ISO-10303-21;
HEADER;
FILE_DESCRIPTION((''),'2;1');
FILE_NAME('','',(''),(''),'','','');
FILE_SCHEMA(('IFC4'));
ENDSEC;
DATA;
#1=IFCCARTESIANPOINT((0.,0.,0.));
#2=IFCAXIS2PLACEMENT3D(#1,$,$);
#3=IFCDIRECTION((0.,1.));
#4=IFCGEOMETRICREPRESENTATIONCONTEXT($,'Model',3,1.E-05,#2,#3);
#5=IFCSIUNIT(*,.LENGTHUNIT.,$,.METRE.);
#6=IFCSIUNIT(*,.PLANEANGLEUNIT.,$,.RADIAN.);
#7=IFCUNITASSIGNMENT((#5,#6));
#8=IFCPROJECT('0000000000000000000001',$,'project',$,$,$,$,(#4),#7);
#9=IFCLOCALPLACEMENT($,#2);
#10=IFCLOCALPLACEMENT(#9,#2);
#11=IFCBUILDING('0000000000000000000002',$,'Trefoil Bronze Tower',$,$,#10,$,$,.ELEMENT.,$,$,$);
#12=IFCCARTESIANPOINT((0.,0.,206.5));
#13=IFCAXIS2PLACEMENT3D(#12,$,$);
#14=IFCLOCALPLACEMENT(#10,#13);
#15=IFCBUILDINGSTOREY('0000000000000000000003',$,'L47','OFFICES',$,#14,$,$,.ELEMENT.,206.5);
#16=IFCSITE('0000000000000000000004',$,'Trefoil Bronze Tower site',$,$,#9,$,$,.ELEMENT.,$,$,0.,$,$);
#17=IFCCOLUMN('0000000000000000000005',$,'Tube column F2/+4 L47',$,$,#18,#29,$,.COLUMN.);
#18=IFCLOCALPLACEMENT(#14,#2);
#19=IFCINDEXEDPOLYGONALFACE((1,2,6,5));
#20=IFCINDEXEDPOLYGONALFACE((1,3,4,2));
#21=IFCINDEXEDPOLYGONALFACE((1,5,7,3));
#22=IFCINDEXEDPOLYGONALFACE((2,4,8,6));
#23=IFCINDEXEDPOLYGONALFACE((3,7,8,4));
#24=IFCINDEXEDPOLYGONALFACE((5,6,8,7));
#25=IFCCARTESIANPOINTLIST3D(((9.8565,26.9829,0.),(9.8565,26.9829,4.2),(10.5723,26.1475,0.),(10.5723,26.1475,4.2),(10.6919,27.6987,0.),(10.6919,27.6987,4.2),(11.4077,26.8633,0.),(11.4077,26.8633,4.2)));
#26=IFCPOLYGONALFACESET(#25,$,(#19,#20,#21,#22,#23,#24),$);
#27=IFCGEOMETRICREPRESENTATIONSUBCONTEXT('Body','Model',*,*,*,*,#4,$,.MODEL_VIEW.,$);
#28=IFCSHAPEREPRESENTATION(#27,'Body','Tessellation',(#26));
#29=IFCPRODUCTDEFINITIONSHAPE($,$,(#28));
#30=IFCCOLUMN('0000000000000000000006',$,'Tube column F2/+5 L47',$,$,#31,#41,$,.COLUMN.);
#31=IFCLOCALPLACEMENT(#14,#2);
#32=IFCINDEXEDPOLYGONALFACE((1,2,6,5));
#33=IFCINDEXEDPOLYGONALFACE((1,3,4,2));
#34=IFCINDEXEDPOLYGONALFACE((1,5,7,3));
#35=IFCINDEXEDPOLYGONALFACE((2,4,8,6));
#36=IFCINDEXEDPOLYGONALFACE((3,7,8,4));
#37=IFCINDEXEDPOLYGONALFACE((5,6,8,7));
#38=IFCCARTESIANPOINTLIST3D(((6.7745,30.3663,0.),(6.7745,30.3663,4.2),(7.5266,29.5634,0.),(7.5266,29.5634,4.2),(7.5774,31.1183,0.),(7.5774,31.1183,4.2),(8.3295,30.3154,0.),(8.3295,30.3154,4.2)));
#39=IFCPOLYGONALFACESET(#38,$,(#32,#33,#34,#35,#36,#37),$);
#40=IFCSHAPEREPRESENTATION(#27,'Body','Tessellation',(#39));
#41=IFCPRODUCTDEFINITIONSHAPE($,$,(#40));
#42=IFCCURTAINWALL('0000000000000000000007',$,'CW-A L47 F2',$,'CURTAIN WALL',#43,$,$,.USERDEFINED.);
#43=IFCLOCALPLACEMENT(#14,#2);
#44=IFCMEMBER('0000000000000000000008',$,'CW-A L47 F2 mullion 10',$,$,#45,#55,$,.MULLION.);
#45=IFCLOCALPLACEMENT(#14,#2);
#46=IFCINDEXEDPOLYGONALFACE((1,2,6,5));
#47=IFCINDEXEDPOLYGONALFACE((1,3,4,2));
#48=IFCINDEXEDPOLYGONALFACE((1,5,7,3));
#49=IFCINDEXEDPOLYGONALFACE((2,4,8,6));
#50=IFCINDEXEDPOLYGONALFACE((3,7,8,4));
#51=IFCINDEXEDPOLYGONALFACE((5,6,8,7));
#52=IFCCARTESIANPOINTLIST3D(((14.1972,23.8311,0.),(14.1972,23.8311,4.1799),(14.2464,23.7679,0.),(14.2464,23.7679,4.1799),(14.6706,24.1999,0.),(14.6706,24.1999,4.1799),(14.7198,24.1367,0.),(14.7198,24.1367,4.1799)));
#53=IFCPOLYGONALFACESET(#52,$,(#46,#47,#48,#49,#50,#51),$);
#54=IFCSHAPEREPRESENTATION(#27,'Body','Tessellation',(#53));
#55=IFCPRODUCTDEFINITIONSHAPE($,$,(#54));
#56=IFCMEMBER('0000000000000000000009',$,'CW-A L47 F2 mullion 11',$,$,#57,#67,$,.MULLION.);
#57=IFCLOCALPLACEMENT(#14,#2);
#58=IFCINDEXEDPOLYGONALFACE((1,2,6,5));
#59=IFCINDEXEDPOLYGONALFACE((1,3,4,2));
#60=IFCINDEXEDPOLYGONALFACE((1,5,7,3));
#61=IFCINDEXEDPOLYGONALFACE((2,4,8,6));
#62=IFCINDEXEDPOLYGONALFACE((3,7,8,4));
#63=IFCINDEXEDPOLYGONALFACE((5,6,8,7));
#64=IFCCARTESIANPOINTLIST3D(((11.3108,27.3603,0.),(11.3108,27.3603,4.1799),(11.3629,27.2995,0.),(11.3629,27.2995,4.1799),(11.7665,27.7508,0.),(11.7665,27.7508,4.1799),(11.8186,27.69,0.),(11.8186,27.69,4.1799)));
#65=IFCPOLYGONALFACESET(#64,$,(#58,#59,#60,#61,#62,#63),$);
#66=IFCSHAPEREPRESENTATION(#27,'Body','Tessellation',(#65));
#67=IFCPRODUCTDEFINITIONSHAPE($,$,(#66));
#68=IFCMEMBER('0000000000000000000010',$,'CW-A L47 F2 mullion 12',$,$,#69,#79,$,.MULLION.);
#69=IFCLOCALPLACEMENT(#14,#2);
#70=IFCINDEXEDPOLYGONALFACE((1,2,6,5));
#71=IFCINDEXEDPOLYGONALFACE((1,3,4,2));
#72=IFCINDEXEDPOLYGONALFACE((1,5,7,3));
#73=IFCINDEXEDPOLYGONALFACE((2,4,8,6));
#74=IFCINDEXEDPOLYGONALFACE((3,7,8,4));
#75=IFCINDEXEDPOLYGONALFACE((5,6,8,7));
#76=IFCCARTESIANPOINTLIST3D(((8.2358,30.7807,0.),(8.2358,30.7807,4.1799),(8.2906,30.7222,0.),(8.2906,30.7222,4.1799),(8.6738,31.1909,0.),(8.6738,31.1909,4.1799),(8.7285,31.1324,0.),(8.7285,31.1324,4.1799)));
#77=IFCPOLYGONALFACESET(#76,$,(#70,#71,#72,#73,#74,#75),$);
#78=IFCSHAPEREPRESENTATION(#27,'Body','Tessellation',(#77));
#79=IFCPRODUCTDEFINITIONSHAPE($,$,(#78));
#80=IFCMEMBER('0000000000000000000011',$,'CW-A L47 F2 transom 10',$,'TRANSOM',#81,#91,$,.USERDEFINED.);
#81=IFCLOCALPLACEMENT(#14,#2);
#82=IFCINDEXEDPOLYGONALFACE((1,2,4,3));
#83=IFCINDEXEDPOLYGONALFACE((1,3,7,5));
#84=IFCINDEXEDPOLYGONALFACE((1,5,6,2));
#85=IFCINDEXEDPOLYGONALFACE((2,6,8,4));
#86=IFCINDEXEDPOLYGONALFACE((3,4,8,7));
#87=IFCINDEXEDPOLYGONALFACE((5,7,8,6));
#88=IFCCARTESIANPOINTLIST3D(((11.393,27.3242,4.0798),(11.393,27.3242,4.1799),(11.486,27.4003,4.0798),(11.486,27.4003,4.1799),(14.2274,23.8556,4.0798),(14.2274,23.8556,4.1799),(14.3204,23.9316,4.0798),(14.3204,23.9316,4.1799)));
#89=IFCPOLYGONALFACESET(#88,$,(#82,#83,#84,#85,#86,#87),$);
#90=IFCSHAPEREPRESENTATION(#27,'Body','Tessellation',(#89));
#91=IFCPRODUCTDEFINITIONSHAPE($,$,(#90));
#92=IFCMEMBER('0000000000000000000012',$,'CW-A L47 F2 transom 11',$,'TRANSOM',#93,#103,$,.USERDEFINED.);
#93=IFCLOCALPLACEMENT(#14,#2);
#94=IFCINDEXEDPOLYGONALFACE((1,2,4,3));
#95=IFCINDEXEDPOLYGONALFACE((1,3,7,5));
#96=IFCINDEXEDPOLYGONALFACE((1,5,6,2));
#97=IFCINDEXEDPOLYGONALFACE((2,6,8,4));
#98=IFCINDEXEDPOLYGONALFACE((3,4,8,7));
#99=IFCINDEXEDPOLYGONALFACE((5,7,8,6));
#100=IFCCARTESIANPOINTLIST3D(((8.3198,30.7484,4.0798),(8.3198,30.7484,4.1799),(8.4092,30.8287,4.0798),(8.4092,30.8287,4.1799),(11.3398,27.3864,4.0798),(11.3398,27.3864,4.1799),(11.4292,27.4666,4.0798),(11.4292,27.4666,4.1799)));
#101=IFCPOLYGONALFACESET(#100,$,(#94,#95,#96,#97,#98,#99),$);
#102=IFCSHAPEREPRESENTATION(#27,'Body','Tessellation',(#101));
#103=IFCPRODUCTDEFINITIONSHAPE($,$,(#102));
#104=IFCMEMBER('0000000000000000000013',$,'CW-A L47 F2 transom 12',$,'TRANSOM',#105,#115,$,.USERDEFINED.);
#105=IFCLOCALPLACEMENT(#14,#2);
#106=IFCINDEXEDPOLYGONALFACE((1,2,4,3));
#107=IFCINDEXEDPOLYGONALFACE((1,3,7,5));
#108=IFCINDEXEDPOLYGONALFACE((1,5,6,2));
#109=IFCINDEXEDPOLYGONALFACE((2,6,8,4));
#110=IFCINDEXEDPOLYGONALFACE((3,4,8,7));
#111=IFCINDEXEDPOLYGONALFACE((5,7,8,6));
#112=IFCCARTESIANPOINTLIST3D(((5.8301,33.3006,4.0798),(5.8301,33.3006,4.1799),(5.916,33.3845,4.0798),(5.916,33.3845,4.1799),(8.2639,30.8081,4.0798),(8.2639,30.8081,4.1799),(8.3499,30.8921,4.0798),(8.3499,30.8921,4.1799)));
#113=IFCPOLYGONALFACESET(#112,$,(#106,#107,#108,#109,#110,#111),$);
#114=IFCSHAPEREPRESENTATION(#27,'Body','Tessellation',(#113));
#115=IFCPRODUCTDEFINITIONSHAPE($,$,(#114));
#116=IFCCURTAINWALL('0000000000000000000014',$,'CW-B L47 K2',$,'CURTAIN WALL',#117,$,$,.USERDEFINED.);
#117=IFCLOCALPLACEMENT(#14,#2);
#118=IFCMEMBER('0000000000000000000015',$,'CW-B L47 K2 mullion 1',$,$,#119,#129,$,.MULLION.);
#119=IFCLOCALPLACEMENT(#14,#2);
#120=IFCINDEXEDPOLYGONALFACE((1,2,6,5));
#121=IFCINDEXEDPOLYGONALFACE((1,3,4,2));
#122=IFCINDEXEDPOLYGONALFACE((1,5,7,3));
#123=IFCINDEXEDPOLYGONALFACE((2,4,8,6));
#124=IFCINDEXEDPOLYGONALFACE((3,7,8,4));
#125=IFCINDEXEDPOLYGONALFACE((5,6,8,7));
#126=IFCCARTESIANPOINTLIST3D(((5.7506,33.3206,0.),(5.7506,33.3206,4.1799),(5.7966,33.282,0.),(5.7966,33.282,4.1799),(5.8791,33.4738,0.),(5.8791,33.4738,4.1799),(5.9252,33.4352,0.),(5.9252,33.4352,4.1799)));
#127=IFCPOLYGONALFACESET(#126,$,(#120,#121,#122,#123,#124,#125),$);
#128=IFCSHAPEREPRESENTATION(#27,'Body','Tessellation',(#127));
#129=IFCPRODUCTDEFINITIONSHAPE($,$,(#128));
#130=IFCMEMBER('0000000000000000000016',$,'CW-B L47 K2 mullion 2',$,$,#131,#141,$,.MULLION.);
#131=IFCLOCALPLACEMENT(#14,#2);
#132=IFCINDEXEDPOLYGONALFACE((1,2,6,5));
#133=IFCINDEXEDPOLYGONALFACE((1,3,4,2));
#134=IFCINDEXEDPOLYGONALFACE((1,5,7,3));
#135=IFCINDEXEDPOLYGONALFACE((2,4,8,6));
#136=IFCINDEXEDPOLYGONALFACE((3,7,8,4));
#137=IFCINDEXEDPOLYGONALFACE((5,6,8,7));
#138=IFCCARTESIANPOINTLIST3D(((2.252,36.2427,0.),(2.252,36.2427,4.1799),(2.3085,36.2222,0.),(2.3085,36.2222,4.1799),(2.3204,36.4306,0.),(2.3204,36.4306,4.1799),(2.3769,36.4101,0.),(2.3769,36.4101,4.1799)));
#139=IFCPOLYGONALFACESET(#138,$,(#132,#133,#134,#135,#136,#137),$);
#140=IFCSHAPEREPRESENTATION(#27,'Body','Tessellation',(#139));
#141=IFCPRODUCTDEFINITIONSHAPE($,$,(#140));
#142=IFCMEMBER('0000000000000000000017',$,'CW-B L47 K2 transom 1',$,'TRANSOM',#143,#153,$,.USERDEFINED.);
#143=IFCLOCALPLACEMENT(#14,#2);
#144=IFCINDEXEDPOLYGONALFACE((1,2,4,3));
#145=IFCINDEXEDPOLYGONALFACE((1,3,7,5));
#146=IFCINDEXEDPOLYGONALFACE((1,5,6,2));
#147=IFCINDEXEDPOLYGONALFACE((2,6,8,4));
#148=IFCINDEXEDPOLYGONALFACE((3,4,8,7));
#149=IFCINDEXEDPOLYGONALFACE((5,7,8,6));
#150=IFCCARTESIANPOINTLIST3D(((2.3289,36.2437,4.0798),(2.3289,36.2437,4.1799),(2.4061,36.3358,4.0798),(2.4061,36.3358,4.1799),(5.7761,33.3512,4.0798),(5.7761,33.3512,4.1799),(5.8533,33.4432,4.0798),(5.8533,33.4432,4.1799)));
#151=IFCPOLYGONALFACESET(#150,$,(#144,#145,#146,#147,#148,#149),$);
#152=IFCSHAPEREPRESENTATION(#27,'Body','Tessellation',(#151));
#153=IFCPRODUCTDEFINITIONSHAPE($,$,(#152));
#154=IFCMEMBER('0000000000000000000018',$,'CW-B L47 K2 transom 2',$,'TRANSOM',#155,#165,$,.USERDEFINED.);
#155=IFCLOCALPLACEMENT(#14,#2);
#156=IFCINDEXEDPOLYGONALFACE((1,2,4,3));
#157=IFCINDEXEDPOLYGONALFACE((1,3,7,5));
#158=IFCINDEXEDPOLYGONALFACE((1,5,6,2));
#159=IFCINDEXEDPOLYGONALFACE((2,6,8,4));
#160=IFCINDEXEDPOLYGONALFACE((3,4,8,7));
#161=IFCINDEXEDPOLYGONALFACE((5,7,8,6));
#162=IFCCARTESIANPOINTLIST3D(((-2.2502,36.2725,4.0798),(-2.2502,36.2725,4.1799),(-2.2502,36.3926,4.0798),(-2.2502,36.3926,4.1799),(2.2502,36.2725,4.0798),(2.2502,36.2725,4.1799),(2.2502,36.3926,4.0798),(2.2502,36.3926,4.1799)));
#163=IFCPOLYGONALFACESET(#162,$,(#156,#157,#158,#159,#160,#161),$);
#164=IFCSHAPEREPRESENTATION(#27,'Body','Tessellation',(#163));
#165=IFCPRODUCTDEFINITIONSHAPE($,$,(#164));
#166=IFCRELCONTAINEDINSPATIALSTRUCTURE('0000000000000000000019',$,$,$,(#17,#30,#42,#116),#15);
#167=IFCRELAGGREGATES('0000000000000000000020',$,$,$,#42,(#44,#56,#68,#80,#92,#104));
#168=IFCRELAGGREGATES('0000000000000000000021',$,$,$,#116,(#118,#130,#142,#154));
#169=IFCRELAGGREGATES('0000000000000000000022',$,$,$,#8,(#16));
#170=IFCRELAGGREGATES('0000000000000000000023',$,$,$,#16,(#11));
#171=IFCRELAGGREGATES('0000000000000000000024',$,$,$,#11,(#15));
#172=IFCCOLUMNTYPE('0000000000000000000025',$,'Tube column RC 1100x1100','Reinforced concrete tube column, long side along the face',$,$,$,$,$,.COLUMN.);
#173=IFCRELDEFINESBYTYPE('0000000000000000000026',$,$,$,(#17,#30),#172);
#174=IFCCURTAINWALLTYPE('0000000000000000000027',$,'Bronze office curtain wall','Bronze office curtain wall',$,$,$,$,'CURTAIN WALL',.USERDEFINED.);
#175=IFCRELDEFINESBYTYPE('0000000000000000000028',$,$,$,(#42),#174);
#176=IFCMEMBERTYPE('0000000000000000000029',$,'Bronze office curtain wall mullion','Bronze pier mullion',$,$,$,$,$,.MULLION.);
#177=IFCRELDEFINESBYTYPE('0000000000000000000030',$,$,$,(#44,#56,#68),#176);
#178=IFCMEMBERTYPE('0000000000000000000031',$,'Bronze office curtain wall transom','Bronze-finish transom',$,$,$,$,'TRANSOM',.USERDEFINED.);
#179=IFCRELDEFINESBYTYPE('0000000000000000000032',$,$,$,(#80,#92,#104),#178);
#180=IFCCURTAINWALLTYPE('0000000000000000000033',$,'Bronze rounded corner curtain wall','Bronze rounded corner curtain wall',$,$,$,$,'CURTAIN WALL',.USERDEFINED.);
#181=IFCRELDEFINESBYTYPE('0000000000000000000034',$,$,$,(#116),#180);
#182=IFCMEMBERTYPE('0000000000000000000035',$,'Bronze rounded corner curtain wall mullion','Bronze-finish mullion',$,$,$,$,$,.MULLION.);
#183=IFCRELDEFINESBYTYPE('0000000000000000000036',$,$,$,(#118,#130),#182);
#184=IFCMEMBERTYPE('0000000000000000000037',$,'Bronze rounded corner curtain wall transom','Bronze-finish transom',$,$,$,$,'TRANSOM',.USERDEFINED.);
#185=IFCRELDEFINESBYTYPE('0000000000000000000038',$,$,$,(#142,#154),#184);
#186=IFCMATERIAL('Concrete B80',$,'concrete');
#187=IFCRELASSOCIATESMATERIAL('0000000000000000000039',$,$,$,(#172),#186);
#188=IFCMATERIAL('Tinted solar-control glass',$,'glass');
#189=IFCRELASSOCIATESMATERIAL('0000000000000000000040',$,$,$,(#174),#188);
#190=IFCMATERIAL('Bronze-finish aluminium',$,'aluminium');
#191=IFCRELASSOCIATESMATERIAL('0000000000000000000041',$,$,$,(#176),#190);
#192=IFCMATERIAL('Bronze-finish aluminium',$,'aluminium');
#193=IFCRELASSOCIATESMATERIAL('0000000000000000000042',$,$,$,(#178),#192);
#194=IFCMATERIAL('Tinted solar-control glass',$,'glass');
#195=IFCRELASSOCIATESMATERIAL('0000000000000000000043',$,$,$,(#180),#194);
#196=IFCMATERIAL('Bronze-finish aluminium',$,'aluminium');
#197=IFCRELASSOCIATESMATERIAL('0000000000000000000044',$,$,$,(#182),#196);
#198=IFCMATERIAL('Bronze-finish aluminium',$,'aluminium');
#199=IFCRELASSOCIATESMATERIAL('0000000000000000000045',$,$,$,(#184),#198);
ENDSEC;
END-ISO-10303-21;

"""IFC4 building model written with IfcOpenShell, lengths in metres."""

from ifc_helpers import new_model, si_unit, direction, frame, origin, origin_2d, place, context, subcontext, project, spatial, rectangle, extrude, material, material_profile, profile_set, type_object, element, aggregate, save


model = new_model("IFC4")

# Units and contexts
model_context = context("Model", 3, precision=1e-05, world=origin(), true_north=direction((0.0, 1.0)))
body_context = subcontext(model_context, "Body", "Model", "MODEL_VIEW")
ifc_project = project(units=[si_unit("LENGTHUNIT", "METRE"), si_unit("PLANEANGLEUNIT", "RADIAN")], contexts=[model_context])

# Site, building, storey
site_placement = place(None, origin())
site = spatial("IfcSite", under=ifc_project, at=site_placement, Name="Trefoil Bronze Tower site", CompositionType="ELEMENT", RefElevation=0.0)
building_placement = place(site_placement, origin())
building = spatial("IfcBuilding", under=site, at=building_placement, Name="Trefoil Bronze Tower", CompositionType="ELEMENT")
storey_placement = place(building_placement, frame((0.0, 0.0, 206.5)))
storey = spatial("IfcBuildingStorey", under=building, at=storey_placement, Name="L47", Description="OFFICES", CompositionType="ELEMENT", Elevation=206.5)

# Columns
ifc_material_1 = material(Name="Concrete B80", Category="concrete")
ifc_material_profile_1 = material_profile(ifc_material_1, rectangle(XDim=1.1001, YDim=1.1001, at=origin_2d()), Name="RC 1100x1100")
ifc_profile_set_1 = profile_set([ifc_material_profile_1], Name="Concrete B80")
column_type = type_object("IfcColumnType", Name="Tube column RC 1100x1100", Description="Reinforced concrete tube column, long side along the face", PredefinedType="COLUMN", material=ifc_profile_set_1)
for number, where, z_axis, x_axis, name in (
    (1, (10.6321, 26.9231, 0.0), (0.0, 0.0, 1.0), (-0.650677, 0.759355, 0.0), "Tube column F2/+4 L47"),
    (2, (7.552, 30.3408, 0.0), (0.0, 0.0, 1.0), (-0.683597, 0.72986, 0.0), "Tube column F2/+5 L47"),
):
    element("IfcColumn", number, at=place(storey_placement, frame(where, z_axis=z_axis, x_axis=x_axis)), inside=storey, type_object=column_type, Name=name, PredefinedType="COLUMN", context=body_context, shape_type="SweptSolid", body=[
        extrude(rectangle(XDim=1.1001, YDim=1.1001, at=origin_2d()), origin(), (0.0, 0.0, 1.0), 4.2),
    ])

# Curtain walls, members
ifc_material_2 = material(Name="Tinted solar-control glass", Category="glass")
curtain_wall_type_1 = type_object("IfcCurtainWallType", Name="Bronze office curtain wall", Description="Bronze office curtain wall", ElementType="CURTAIN WALL", PredefinedType="USERDEFINED", material=ifc_material_2)
curtain_wall_1_placement = place(storey_placement, origin())
curtain_wall_1 = element("IfcCurtainWall", 3, at=curtain_wall_1_placement, inside=storey, type_object=curtain_wall_type_1, Name="CW-A L47 F2", ObjectType="CURTAIN WALL", PredefinedType="USERDEFINED")
ifc_material_3 = material(Name="Bronze-finish aluminium", Category="aluminium")
ifc_material_profile_2 = material_profile(ifc_material_3, rectangle(XDim=0.6001, YDim=0.0801, at=origin_2d()), Name="CW-A mullion")
ifc_profile_set_2 = profile_set([ifc_material_profile_2], Name="Bronze-finish aluminium")
member_type_1 = type_object("IfcMemberType", Name="Bronze office curtain wall mullion", Description="Bronze pier mullion", PredefinedType="MULLION", material=ifc_profile_set_2)
member_1_placement = place(storey_placement, frame((14.4585, 23.9839, 0.0), z_axis=(0.0, 0.0, 1.0), x_axis=(-0.788821, -0.614622, 0.0)))
member_1 = element("IfcMember", 4, at=member_1_placement, type_object=member_type_1, Name="CW-A L47 F2 mullion 10", PredefinedType="MULLION", context=body_context, shape_type="SweptSolid", body=[
    extrude(rectangle(XDim=0.6001, YDim=0.0801, at=origin_2d()), origin(), (0.0, 0.0, 1.0), 4.1799),
])
member_2_placement = place(storey_placement, frame((11.5647, 27.5251, 0.0), z_axis=(0.0, 0.0, 1.0), x_axis=(-0.759355, -0.650677, 0.0)))
member_2 = element("IfcMember", 5, at=member_2_placement, type_object=member_type_1, Name="CW-A L47 F2 mullion 11", PredefinedType="MULLION", context=body_context, shape_type="SweptSolid", body=[
    extrude(rectangle(XDim=0.6001, YDim=0.0801, at=origin_2d()), origin(), (0.0, 0.0, 1.0), 4.1799),
])
member_3_placement = place(storey_placement, frame((8.4822, 30.9565, 0.0), z_axis=(0.0, 0.0, 1.0), x_axis=(-0.72986, -0.683597, 0.0)))
member_3 = element("IfcMember", 6, at=member_3_placement, type_object=member_type_1, Name="CW-A L47 F2 mullion 12", PredefinedType="MULLION", context=body_context, shape_type="SweptSolid", body=[
    extrude(rectangle(XDim=0.6001, YDim=0.0801, at=origin_2d()), origin(), (0.0, 0.0, 1.0), 4.1799),
])
ifc_material_4 = material(Name="Bronze-finish aluminium", Category="aluminium")
ifc_material_profile_3 = material_profile(ifc_material_4, rectangle(XDim=0.1201, YDim=0.1001, at=origin_2d()), Name="CW-A transom")
ifc_profile_set_3 = profile_set([ifc_material_profile_3], Name="Bronze-finish aluminium")
member_type_2 = type_object("IfcMemberType", Name="Bronze office curtain wall transom", Description="Bronze-finish transom", ElementType="TRANSOM", PredefinedType="USERDEFINED", material=ifc_profile_set_3)
member_4_placement = place(storey_placement, frame((14.2739, 23.8936, 4.1299), z_axis=(-0.632757, 0.774351, 0.0), x_axis=(-0.774351, -0.632757, 0.0)))
member_4 = element("IfcMember", 7, at=member_4_placement, type_object=member_type_2, Name="CW-A L47 F2 transom 10", ObjectType="TRANSOM", PredefinedType="USERDEFINED", context=body_context, shape_type="SweptSolid", body=[
    extrude(rectangle(XDim=0.1201, YDim=0.1001, at=origin_2d()), origin(), (0.0, 0.0, 1.0), 4.4795),
])
member_5_placement = place(storey_placement, frame((11.3845, 27.4265, 4.1299), z_axis=(-0.668251, 0.743936, 0.0), x_axis=(-0.743936, -0.668251, 0.0)))
member_5 = element("IfcMember", 8, at=member_5_placement, type_object=member_type_2, Name="CW-A L47 F2 transom 11", ObjectType="TRANSOM", PredefinedType="USERDEFINED", context=body_context, shape_type="SweptSolid", body=[
    extrude(rectangle(XDim=0.1201, YDim=0.1001, at=origin_2d()), origin(), (0.0, 0.0, 1.0), 4.5193),
])
member_6_placement = place(storey_placement, frame((8.3069, 30.8501, 4.1299), z_axis=(-0.698647, 0.715467, 0.0), x_axis=(-0.715467, -0.698647, 0.0)))
member_6 = element("IfcMember", 9, at=member_6_placement, type_object=member_type_2, Name="CW-A L47 F2 transom 12", ObjectType="TRANSOM", PredefinedType="USERDEFINED", context=body_context, shape_type="SweptSolid", body=[
    extrude(rectangle(XDim=0.1201, YDim=0.1001, at=origin_2d()), origin(), (0.0, 0.0, 1.0), 3.4836),
])
ifc_material_5 = material(Name="Tinted solar-control glass", Category="glass")
curtain_wall_type_2 = type_object("IfcCurtainWallType", Name="Bronze rounded corner curtain wall", Description="Bronze rounded corner curtain wall", ElementType="CURTAIN WALL", PredefinedType="USERDEFINED", material=ifc_material_5)
curtain_wall_2_placement = place(storey_placement, origin())
curtain_wall_2 = element("IfcCurtainWall", 10, at=curtain_wall_2_placement, inside=storey, type_object=curtain_wall_type_2, Name="CW-B L47 K2", ObjectType="CURTAIN WALL", PredefinedType="USERDEFINED")
ifc_material_6 = material(Name="Bronze-finish aluminium", Category="aluminium")
ifc_material_profile_4 = material_profile(ifc_material_6, rectangle(XDim=0.2, YDim=0.0601, at=origin_2d()), Name="CW-B mullion")
ifc_profile_set_4 = profile_set([ifc_material_profile_4], Name="Bronze-finish aluminium")
member_type_3 = type_object("IfcMemberType", Name="Bronze rounded corner curtain wall mullion", Description="Bronze-finish mullion", PredefinedType="MULLION", material=ifc_profile_set_4)
member_7_placement = place(storey_placement, frame((5.8379, 33.3779, 0.0), z_axis=(0.0, 0.0, 1.0), x_axis=(-0.642788, -0.766044, 0.0)))
member_7 = element("IfcMember", 11, at=member_7_placement, type_object=member_type_3, Name="CW-B L47 K2 mullion 1", PredefinedType="MULLION", context=body_context, shape_type="SweptSolid", body=[
    extrude(rectangle(XDim=0.2, YDim=0.0601, at=origin_2d()), origin(), (0.0, 0.0, 1.0), 4.1799),
])
member_8_placement = place(storey_placement, frame((2.3145, 36.3264, 0.0), z_axis=(0.0, 0.0, 1.0), x_axis=(-0.34202, -0.939693, 0.0)))
member_8 = element("IfcMember", 12, at=member_8_placement, type_object=member_type_3, Name="CW-B L47 K2 mullion 2", PredefinedType="MULLION", context=body_context, shape_type="SweptSolid", body=[
    extrude(rectangle(XDim=0.2, YDim=0.0601, at=origin_2d()), origin(), (0.0, 0.0, 1.0), 4.1799),
])
ifc_material_7 = material(Name="Bronze-finish aluminium", Category="aluminium")
ifc_material_profile_5 = material_profile(ifc_material_7, rectangle(XDim=0.1201, YDim=0.1001, at=origin_2d()), Name="CW-B transom")
ifc_profile_set_5 = profile_set([ifc_material_profile_5], Name="Bronze-finish aluminium")
member_type_4 = type_object("IfcMemberType", Name="Bronze rounded corner curtain wall transom", Description="Bronze-finish transom", ElementType="TRANSOM", PredefinedType="USERDEFINED", material=ifc_profile_set_5)
member_9_placement = place(storey_placement, frame((5.8147, 33.3972, 4.1299), z_axis=(-0.766047, 0.642785, 0.0), x_axis=(-0.642785, -0.766047, 0.0)))
member_9 = element("IfcMember", 13, at=member_9_placement, type_object=member_type_4, Name="CW-B L47 K2 transom 1", ObjectType="TRANSOM", PredefinedType="USERDEFINED", context=body_context, shape_type="SweptSolid", body=[
    extrude(rectangle(XDim=0.1201, YDim=0.1001, at=origin_2d()), origin(), (0.0, 0.0, 1.0), 4.5),
])
member_10_placement = place(storey_placement, frame((2.2502, 36.3325, 4.1299), z_axis=(-1.0, 0.0, 0.0), x_axis=(0.0, -1.0, 0.0)))
member_10 = element("IfcMember", 14, at=member_10_placement, type_object=member_type_4, Name="CW-B L47 K2 transom 2", ObjectType="TRANSOM", PredefinedType="USERDEFINED", context=body_context, shape_type="SweptSolid", body=[
    extrude(rectangle(XDim=0.1201, YDim=0.1001, at=origin_2d()), origin(), (0.0, 0.0, 1.0), 4.5005),
])

aggregate(curtain_wall_1, [member_1, member_2, member_3, member_4, member_5, member_6])
aggregate(curtain_wall_2, [member_7, member_8, member_9, member_10])

save(model, "model.ifc")
